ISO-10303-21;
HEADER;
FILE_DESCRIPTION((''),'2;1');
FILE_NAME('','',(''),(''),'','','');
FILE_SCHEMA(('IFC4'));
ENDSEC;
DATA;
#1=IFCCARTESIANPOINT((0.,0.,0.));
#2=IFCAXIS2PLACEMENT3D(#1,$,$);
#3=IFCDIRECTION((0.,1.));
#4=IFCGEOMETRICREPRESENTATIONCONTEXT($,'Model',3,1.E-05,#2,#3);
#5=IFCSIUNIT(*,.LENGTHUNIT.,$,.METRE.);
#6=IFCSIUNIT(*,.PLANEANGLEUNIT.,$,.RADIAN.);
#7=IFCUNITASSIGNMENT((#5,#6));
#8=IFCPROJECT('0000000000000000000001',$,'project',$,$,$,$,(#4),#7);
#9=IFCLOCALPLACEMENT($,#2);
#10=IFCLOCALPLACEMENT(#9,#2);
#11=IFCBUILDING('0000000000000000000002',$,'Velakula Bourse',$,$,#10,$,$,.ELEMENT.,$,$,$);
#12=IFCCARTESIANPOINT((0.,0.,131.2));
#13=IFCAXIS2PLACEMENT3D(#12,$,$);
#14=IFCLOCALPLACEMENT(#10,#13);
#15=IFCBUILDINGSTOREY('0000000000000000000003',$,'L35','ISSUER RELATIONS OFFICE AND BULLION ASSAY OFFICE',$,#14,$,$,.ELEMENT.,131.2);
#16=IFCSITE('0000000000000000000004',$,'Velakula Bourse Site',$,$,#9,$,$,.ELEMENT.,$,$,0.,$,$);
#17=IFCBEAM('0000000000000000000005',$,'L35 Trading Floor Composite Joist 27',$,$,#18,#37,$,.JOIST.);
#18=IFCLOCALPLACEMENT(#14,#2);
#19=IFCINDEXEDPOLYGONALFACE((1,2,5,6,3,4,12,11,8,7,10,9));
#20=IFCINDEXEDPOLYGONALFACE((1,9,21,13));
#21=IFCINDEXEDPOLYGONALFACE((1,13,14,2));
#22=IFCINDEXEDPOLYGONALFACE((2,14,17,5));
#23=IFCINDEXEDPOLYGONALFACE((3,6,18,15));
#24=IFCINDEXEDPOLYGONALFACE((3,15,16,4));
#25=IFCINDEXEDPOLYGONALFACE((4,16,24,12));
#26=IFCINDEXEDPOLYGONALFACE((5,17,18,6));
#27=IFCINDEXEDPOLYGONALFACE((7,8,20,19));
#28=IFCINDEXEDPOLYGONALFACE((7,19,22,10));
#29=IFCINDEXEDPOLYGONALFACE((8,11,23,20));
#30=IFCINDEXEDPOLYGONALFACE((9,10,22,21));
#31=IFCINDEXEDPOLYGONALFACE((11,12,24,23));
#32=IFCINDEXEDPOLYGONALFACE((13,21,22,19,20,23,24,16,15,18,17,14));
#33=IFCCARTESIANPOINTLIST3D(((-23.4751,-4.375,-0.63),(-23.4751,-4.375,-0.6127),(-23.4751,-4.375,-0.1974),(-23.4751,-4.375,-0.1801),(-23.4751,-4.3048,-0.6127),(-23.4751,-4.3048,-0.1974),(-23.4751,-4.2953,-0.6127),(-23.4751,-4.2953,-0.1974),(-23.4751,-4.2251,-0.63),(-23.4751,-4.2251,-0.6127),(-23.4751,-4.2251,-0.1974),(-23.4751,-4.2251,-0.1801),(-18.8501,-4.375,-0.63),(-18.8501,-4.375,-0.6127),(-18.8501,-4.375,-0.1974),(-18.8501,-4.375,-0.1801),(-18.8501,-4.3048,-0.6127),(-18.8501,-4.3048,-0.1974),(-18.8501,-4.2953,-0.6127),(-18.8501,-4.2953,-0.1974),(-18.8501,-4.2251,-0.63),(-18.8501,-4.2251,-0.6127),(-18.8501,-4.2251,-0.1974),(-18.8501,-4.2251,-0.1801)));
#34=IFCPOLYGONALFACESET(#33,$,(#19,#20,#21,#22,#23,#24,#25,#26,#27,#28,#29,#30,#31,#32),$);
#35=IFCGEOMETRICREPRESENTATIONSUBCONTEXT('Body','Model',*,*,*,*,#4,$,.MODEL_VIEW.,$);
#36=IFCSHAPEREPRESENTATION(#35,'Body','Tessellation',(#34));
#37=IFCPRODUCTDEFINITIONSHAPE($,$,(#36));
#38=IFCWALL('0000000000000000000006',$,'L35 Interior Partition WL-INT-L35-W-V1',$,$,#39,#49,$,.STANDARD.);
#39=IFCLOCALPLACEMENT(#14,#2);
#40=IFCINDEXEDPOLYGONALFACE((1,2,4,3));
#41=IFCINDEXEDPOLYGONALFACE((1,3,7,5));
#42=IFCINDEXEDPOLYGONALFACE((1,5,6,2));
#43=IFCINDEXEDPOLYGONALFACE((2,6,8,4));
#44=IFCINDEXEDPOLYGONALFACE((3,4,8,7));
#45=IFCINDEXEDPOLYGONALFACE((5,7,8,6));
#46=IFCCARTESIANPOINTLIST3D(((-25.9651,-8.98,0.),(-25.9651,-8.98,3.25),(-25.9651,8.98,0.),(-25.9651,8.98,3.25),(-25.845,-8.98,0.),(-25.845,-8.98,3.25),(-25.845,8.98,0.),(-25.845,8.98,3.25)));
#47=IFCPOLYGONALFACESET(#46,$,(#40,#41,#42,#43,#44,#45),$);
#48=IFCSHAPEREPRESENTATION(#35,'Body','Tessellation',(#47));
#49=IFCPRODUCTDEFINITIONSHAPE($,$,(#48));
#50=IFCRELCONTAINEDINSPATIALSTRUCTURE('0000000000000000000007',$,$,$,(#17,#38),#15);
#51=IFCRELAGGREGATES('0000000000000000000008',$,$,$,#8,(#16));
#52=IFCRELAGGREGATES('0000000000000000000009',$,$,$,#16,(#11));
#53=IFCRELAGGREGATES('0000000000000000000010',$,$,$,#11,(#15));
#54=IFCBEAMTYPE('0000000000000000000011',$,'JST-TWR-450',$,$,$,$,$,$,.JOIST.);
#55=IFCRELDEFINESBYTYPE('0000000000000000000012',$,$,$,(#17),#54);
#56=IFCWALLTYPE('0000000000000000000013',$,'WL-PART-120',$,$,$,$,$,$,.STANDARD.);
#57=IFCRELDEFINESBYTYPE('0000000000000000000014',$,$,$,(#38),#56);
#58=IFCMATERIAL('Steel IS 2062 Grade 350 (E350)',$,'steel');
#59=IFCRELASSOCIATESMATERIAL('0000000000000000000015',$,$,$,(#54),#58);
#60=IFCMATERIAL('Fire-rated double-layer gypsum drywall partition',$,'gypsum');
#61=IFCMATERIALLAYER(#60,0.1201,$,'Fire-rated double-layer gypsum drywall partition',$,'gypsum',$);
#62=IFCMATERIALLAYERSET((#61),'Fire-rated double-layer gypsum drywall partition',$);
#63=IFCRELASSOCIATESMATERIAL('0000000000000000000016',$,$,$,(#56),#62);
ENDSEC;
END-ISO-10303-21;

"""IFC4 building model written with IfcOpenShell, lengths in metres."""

from ifc_helpers import new_model, si_unit, direction, frame, frame_2d, origin, origin_2d, place, context, subcontext, project, spatial, rectangle, i_section, extrude, material, layer, layer_set, material_profile, profile_set, type_object, element, save


model = new_model("IFC4")

# Units and contexts
model_context = context("Model", 3, precision=1e-05, world=origin(), true_north=direction((0.0, 1.0)))
body_context = subcontext(model_context, "Body", "Model", "MODEL_VIEW")
ifc_project = project(units=[si_unit("LENGTHUNIT", "METRE"), si_unit("PLANEANGLEUNIT", "RADIAN")], contexts=[model_context])

# Site, building, storey
site_placement = place(None, origin())
site = spatial("IfcSite", under=ifc_project, at=site_placement, Name="Velakula Bourse Site", CompositionType="ELEMENT", RefElevation=0.0)
building_placement = place(site_placement, origin())
building = spatial("IfcBuilding", under=site, at=building_placement, Name="Velakula Bourse", CompositionType="ELEMENT")
storey_placement = place(building_placement, frame((0.0, 0.0, 131.2)))
storey = spatial("IfcBuildingStorey", under=building, at=storey_placement, Name="L35", Description="ISSUER RELATIONS OFFICE AND BULLION ASSAY OFFICE", CompositionType="ELEMENT", Elevation=131.2)

# Shared definitions
ifc_material_1 = material(Name="Steel IS 2062 Grade 350 (E350)", Category="steel")

# Beam
ifc_material_profile_1 = material_profile(ifc_material_1, i_section(OverallWidth=0.1499, OverallDepth=0.45, WebThickness=0.0095, FlangeThickness=0.0173, at=origin_2d()), Name="Steel IS 2062 Grade 350 (E350)")
ifc_profile_set_1 = profile_set([ifc_material_profile_1], Name="Steel IS 2062 Grade 350 (E350)")
beam_type_1 = type_object("IfcBeamType", Name="JST-TWR-450", PredefinedType="JOIST", material=ifc_profile_set_1)
beam_1_placement = place(storey_placement, frame((-23.4751, -4.3, -0.405), z_axis=(1.0, 0.0, 0.0), x_axis=(0.0, 1.0, 0.0)))
element("IfcBeam", 1, at=beam_1_placement, inside=storey, type_object=beam_type_1, Name="L35 Trading Floor Composite Joist 27", PredefinedType="JOIST", context=body_context, shape_type="SweptSolid", body=[
    extrude(i_section(OverallWidth=0.1499, OverallDepth=0.45, WebThickness=0.0095, FlangeThickness=0.0173, at=origin_2d()), origin(), (0.0, 0.0, 1.0), 4.625),
])

# Wall
ifc_material_2 = material(Name="Fire-rated double-layer gypsum drywall partition", Category="gypsum")
ifc_layer = layer(ifc_material_2, 0.1201, Name="Fire-rated double-layer gypsum drywall partition", Category="gypsum")
ifc_layer_set = layer_set([ifc_layer], Name="Fire-rated double-layer gypsum drywall partition")
wall_type = type_object("IfcWallType", Name="WL-PART-120", PredefinedType="STANDARD", material=ifc_layer_set)
wall_placement = place(storey_placement, frame((-25.905, -8.98, 0.0), z_axis=(0.0, 0.0, 1.0), x_axis=(0.0, 1.0, 0.0)))
element("IfcWall", 2, at=wall_placement, inside=storey, type_object=wall_type, Name="L35 Interior Partition WL-INT-L35-W-V1", PredefinedType="STANDARD", context=body_context, shape_type="SweptSolid", body=[
    extrude(rectangle(XDim=17.96, YDim=0.1201, at=frame_2d((8.98, 0.0))), origin(), (0.0, 0.0, 1.0), 3.25),
])

save(model, "model.ifc")
